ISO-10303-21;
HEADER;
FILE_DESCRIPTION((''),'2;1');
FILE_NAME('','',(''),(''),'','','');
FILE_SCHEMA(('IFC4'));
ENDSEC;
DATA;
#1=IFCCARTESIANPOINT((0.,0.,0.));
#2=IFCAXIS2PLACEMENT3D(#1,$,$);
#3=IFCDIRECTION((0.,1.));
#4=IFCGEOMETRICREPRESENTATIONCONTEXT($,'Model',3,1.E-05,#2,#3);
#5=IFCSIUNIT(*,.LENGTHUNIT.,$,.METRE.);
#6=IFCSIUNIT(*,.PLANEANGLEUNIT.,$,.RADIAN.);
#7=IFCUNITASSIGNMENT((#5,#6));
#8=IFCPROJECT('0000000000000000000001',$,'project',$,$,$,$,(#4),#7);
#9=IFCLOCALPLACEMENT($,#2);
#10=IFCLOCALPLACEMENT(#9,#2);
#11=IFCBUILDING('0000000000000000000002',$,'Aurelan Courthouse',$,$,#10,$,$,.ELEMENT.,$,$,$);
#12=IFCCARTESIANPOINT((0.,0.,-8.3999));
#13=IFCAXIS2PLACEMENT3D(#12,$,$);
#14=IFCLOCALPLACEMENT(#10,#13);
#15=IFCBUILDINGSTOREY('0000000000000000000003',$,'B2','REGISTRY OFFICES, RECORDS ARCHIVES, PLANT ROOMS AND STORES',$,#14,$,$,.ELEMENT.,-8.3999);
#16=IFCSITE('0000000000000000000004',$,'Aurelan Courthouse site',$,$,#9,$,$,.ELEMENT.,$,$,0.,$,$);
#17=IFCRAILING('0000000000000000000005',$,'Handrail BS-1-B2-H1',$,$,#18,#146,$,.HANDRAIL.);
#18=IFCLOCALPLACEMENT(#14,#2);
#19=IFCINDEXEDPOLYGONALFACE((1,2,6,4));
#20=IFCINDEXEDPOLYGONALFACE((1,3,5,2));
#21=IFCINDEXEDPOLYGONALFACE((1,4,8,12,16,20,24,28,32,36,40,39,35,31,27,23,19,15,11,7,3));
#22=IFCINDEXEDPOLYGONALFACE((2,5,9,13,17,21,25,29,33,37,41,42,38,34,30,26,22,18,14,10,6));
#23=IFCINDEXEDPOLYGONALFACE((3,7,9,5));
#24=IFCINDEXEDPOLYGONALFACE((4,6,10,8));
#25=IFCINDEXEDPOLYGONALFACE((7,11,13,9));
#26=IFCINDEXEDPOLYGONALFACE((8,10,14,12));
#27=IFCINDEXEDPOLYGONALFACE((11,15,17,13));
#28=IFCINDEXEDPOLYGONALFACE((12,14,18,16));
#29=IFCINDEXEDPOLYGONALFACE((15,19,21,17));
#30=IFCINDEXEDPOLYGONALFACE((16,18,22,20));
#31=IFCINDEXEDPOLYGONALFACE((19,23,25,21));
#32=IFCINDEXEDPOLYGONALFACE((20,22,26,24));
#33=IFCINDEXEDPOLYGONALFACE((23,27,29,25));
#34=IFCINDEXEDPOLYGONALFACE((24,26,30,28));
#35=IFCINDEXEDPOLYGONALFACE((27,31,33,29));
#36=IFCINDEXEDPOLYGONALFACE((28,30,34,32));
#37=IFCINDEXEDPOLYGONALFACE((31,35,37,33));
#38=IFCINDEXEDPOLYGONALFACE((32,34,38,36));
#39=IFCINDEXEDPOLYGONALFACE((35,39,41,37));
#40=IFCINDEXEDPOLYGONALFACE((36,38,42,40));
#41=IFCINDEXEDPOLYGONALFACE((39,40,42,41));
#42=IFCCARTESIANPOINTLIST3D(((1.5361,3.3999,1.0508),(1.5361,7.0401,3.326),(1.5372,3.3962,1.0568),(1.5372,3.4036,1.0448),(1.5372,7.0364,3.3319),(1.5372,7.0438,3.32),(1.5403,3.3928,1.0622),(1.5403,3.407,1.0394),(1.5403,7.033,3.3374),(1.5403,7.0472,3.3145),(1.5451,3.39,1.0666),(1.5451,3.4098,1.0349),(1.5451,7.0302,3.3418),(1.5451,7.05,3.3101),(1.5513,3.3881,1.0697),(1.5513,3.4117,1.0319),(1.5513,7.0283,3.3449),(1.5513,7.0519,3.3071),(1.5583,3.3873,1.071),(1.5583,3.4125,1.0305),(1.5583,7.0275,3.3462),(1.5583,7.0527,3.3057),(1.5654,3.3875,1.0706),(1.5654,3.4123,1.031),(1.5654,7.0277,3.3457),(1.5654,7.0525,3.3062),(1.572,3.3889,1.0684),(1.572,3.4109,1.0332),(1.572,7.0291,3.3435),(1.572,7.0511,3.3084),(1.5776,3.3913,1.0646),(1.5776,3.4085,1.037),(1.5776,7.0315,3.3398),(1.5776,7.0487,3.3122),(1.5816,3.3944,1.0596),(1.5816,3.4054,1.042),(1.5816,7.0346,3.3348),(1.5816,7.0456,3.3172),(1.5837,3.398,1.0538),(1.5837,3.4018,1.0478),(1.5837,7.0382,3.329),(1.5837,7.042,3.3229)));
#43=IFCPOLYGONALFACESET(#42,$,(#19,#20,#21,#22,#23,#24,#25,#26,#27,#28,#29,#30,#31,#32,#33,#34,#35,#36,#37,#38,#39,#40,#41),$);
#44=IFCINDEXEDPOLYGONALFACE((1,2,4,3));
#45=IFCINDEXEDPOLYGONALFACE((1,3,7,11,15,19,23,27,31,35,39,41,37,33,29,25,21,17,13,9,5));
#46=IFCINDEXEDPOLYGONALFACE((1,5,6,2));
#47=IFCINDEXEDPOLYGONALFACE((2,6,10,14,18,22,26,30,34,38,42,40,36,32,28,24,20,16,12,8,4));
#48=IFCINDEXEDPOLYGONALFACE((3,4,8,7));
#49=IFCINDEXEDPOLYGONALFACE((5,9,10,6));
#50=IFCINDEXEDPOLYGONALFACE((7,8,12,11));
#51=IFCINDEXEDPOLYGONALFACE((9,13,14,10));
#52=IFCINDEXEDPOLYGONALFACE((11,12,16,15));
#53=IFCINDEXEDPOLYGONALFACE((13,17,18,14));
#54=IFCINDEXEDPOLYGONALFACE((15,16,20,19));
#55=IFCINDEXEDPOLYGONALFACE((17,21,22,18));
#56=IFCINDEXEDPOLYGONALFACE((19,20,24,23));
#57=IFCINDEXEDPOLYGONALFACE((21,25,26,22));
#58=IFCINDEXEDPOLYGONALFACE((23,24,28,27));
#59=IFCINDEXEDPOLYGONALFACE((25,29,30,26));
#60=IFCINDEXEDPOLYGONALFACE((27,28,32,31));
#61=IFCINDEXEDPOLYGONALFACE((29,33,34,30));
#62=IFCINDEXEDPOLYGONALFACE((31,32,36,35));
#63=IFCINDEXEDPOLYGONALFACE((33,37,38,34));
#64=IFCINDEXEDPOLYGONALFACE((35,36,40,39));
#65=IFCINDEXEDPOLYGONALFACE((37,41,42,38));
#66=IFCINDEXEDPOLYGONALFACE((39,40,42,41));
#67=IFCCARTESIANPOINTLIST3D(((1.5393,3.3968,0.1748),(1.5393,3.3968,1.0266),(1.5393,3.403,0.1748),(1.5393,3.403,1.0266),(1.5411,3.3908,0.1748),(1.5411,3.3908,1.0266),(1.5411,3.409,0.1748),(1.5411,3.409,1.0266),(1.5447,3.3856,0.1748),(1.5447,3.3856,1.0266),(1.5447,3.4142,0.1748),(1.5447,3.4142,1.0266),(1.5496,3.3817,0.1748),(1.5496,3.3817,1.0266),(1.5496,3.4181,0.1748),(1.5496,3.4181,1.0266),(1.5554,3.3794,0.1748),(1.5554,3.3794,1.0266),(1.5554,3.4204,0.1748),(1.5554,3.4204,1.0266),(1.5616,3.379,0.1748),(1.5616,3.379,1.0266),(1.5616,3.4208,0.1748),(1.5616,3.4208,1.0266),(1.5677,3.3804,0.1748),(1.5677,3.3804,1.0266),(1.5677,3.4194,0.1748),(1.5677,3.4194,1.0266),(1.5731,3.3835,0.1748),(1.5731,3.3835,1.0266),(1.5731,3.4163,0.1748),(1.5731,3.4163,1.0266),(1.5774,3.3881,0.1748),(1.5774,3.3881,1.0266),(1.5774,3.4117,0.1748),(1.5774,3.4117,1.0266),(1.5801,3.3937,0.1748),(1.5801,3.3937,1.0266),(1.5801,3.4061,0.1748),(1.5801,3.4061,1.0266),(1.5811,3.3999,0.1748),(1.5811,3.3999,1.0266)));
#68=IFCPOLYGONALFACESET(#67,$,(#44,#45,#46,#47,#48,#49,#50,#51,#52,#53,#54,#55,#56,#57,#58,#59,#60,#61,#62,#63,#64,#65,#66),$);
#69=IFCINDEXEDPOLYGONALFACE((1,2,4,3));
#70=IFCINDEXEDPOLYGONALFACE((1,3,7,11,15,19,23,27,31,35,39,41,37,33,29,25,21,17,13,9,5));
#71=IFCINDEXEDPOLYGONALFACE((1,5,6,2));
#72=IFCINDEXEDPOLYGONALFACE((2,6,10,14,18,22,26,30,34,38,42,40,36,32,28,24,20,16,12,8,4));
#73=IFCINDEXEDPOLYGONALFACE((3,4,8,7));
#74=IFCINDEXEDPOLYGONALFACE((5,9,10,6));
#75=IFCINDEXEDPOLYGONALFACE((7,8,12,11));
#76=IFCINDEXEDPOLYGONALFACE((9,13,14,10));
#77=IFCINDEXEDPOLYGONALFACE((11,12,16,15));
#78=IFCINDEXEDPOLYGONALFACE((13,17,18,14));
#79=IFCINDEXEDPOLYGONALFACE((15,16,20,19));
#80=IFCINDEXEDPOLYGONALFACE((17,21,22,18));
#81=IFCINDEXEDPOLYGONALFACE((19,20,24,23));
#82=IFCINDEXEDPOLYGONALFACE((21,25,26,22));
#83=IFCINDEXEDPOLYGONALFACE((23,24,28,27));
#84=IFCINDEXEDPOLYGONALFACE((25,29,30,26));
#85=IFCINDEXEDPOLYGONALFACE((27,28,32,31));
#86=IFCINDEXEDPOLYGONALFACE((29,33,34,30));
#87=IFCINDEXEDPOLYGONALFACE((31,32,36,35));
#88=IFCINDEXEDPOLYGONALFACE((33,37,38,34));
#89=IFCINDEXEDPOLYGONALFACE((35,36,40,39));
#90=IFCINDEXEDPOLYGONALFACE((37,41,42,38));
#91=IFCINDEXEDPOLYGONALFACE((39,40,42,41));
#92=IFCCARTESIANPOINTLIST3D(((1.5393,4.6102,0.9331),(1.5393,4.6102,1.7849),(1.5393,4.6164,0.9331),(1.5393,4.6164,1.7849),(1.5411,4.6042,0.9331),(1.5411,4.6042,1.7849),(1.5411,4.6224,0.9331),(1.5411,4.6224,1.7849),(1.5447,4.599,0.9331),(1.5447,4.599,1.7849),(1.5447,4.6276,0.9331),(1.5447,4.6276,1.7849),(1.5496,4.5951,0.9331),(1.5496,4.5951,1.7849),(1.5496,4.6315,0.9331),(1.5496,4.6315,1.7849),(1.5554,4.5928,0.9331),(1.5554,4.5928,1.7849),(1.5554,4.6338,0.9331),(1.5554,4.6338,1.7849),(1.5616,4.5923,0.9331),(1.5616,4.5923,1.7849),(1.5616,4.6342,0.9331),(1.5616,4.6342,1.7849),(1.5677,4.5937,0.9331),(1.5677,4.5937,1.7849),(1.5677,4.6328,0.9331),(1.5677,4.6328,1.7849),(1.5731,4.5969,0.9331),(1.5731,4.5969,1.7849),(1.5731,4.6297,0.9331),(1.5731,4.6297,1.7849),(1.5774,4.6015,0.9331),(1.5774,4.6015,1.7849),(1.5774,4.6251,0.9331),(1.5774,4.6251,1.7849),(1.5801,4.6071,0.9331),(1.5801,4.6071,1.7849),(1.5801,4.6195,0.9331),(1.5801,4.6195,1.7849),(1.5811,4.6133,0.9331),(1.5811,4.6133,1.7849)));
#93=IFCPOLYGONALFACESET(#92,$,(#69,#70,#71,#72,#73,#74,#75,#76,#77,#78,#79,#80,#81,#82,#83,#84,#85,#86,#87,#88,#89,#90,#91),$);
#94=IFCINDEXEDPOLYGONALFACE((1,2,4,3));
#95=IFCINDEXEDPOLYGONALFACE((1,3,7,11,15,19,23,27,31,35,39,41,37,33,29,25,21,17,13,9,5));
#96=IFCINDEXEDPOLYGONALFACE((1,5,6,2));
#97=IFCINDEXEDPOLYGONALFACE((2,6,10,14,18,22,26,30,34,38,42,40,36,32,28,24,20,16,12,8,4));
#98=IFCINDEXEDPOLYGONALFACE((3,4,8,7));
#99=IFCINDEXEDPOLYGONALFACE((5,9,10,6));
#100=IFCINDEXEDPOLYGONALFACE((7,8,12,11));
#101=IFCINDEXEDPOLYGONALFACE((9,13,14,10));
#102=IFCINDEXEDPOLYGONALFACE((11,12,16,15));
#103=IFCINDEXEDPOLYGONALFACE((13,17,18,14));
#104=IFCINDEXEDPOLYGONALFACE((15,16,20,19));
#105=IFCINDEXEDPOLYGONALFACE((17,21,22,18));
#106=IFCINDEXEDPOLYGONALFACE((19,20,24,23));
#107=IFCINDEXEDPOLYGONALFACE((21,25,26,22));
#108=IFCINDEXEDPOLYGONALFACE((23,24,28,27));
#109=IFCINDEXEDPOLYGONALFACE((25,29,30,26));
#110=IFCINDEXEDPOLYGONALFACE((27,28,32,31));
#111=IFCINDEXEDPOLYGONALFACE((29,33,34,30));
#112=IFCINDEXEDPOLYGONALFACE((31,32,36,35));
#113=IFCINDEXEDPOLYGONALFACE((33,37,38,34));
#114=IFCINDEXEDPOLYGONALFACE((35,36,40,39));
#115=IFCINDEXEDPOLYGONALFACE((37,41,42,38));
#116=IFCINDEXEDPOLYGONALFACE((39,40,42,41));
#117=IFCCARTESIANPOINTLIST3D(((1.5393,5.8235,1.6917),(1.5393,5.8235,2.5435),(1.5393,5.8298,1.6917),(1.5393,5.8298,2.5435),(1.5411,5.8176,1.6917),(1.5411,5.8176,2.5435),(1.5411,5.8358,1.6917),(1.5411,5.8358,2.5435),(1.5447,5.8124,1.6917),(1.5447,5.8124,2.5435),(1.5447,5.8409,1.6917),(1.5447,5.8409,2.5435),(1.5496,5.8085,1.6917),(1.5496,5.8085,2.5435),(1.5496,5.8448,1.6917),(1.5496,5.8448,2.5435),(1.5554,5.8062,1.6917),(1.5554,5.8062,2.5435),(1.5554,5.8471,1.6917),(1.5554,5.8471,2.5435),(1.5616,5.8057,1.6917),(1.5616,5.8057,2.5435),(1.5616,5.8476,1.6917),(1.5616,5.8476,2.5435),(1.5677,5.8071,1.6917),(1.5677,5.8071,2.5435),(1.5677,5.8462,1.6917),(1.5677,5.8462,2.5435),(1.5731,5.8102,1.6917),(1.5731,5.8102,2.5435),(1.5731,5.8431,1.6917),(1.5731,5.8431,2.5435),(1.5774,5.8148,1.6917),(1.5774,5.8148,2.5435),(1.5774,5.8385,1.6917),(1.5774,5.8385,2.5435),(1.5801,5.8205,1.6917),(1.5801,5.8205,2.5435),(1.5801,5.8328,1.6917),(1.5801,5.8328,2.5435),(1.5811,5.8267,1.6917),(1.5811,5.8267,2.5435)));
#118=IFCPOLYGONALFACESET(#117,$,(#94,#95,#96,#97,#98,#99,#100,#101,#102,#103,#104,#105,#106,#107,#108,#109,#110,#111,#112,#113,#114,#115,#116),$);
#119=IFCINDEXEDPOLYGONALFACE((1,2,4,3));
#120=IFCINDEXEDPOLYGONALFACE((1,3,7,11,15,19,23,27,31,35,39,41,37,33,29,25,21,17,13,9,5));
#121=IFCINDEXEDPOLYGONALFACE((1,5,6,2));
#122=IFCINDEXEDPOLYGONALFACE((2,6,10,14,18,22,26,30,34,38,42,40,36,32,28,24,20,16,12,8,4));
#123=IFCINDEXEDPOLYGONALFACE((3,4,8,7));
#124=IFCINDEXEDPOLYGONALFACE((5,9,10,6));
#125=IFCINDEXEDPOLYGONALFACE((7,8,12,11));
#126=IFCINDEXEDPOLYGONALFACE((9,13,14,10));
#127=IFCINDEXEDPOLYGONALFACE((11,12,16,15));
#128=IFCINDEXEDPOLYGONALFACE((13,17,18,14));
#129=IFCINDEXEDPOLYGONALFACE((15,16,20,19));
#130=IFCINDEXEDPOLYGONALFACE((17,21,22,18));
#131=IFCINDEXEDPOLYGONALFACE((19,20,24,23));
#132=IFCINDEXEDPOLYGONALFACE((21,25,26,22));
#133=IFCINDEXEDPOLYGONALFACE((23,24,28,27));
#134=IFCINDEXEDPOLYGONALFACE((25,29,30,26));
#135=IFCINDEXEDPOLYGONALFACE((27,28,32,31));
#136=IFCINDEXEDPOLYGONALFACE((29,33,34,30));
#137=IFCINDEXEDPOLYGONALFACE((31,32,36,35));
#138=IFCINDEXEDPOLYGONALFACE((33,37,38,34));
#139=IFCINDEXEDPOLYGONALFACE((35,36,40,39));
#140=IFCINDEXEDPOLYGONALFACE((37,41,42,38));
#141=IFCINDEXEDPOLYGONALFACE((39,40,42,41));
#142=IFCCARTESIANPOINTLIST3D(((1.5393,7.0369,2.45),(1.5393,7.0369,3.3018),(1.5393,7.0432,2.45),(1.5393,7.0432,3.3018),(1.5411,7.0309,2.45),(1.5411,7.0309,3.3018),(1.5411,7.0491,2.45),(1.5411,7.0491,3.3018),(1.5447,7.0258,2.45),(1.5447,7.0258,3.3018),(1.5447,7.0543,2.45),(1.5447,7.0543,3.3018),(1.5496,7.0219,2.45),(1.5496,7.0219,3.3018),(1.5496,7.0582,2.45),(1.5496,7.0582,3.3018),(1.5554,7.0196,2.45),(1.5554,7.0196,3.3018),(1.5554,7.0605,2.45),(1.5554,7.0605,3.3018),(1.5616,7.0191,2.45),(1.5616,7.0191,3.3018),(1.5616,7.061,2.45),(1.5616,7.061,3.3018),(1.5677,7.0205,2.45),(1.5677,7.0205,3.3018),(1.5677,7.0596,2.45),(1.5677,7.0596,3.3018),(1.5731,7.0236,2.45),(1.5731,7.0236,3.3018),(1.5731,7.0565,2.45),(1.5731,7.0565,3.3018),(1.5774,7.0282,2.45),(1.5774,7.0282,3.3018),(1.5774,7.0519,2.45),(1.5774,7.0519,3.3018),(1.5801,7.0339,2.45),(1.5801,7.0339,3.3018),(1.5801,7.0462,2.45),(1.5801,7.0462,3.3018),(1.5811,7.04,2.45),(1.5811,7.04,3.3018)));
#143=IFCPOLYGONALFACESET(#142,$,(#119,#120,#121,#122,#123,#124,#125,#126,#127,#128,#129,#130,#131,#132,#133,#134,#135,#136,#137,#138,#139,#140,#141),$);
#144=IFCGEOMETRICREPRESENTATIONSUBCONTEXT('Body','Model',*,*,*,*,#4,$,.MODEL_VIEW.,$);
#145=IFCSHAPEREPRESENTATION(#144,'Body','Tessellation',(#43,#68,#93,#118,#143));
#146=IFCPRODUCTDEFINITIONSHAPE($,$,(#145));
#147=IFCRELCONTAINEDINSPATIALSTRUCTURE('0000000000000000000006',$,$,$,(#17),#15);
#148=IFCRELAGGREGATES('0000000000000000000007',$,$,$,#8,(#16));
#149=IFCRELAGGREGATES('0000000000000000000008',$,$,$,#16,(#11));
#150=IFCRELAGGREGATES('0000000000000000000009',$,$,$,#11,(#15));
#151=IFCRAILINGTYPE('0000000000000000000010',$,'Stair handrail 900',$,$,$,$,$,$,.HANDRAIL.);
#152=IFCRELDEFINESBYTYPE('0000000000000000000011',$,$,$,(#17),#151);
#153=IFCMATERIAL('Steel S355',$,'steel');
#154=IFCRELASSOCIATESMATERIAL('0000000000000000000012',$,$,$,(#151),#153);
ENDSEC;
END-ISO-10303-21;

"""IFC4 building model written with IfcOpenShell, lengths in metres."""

from ifc_helpers import new_model, si_unit, direction, frame, origin, origin_2d, place, context, subcontext, project, spatial, circle, extrude, material, type_object, element, save


model = new_model("IFC4")

# Units and contexts
model_context = context("Model", 3, precision=1e-05, world=origin(), true_north=direction((0.0, 1.0)))
body_context = subcontext(model_context, "Body", "Model", "MODEL_VIEW")
ifc_project = project(units=[si_unit("LENGTHUNIT", "METRE"), si_unit("PLANEANGLEUNIT", "RADIAN")], contexts=[model_context])

# Site, building, storey
site_placement = place(None, origin())
site = spatial("IfcSite", under=ifc_project, at=site_placement, Name="Aurelan Courthouse site", CompositionType="ELEMENT", RefElevation=0.0)
building_placement = place(site_placement, origin())
building = spatial("IfcBuilding", under=site, at=building_placement, Name="Aurelan Courthouse", CompositionType="ELEMENT")
storey_placement = place(building_placement, frame((0.0, 0.0, -8.3999)))
storey = spatial("IfcBuildingStorey", under=building, at=storey_placement, Name="B2", Description="REGISTRY OFFICES, RECORDS ARCHIVES, PLANT ROOMS AND STORES", CompositionType="ELEMENT", Elevation=-8.3999)

# Railing
ifc_material_1 = material(Name="Steel S355", Category="steel")
railing_type = type_object("IfcRailingType", Name="Stair handrail 900", PredefinedType="HANDRAIL", material=ifc_material_1)
for number, where, name in (
    (1, (1.5601, 3.3999, 0.1748), "Handrail BS-1-B2-H1"),
):
    element("IfcRailing", number, at=place(storey_placement, frame(where)), inside=storey, type_object=railing_type, Name=name, PredefinedType="HANDRAIL", context=body_context, shape_type="SweptSolid", body=[
        extrude(circle(Radius=0.0239, at=origin_2d()), frame((0.0, 0.0, 0.876), z_axis=(0.0, 0.847992, 0.530009), x_axis=(-1.0, 0.0, 0.0)), (0.0, 0.0, 1.0), 4.2927),
        extrude(circle(Radius=0.021, at=origin_2d()), origin(), (0.0, 0.0, 1.0), 0.8518),
        extrude(circle(Radius=0.021, at=origin_2d()), frame((0.0, 1.2134, 0.7583)), (0.0, 0.0, 1.0), 0.8518),
        extrude(circle(Radius=0.021, at=origin_2d()), frame((0.0, 2.4268, 1.5168)), (0.0, 0.0, 1.0), 0.8518),
        extrude(circle(Radius=0.021, at=origin_2d()), frame((0.0, 3.6401, 2.2751)), (0.0, 0.0, 1.0), 0.8518),
    ])

save(model, "model.ifc")
